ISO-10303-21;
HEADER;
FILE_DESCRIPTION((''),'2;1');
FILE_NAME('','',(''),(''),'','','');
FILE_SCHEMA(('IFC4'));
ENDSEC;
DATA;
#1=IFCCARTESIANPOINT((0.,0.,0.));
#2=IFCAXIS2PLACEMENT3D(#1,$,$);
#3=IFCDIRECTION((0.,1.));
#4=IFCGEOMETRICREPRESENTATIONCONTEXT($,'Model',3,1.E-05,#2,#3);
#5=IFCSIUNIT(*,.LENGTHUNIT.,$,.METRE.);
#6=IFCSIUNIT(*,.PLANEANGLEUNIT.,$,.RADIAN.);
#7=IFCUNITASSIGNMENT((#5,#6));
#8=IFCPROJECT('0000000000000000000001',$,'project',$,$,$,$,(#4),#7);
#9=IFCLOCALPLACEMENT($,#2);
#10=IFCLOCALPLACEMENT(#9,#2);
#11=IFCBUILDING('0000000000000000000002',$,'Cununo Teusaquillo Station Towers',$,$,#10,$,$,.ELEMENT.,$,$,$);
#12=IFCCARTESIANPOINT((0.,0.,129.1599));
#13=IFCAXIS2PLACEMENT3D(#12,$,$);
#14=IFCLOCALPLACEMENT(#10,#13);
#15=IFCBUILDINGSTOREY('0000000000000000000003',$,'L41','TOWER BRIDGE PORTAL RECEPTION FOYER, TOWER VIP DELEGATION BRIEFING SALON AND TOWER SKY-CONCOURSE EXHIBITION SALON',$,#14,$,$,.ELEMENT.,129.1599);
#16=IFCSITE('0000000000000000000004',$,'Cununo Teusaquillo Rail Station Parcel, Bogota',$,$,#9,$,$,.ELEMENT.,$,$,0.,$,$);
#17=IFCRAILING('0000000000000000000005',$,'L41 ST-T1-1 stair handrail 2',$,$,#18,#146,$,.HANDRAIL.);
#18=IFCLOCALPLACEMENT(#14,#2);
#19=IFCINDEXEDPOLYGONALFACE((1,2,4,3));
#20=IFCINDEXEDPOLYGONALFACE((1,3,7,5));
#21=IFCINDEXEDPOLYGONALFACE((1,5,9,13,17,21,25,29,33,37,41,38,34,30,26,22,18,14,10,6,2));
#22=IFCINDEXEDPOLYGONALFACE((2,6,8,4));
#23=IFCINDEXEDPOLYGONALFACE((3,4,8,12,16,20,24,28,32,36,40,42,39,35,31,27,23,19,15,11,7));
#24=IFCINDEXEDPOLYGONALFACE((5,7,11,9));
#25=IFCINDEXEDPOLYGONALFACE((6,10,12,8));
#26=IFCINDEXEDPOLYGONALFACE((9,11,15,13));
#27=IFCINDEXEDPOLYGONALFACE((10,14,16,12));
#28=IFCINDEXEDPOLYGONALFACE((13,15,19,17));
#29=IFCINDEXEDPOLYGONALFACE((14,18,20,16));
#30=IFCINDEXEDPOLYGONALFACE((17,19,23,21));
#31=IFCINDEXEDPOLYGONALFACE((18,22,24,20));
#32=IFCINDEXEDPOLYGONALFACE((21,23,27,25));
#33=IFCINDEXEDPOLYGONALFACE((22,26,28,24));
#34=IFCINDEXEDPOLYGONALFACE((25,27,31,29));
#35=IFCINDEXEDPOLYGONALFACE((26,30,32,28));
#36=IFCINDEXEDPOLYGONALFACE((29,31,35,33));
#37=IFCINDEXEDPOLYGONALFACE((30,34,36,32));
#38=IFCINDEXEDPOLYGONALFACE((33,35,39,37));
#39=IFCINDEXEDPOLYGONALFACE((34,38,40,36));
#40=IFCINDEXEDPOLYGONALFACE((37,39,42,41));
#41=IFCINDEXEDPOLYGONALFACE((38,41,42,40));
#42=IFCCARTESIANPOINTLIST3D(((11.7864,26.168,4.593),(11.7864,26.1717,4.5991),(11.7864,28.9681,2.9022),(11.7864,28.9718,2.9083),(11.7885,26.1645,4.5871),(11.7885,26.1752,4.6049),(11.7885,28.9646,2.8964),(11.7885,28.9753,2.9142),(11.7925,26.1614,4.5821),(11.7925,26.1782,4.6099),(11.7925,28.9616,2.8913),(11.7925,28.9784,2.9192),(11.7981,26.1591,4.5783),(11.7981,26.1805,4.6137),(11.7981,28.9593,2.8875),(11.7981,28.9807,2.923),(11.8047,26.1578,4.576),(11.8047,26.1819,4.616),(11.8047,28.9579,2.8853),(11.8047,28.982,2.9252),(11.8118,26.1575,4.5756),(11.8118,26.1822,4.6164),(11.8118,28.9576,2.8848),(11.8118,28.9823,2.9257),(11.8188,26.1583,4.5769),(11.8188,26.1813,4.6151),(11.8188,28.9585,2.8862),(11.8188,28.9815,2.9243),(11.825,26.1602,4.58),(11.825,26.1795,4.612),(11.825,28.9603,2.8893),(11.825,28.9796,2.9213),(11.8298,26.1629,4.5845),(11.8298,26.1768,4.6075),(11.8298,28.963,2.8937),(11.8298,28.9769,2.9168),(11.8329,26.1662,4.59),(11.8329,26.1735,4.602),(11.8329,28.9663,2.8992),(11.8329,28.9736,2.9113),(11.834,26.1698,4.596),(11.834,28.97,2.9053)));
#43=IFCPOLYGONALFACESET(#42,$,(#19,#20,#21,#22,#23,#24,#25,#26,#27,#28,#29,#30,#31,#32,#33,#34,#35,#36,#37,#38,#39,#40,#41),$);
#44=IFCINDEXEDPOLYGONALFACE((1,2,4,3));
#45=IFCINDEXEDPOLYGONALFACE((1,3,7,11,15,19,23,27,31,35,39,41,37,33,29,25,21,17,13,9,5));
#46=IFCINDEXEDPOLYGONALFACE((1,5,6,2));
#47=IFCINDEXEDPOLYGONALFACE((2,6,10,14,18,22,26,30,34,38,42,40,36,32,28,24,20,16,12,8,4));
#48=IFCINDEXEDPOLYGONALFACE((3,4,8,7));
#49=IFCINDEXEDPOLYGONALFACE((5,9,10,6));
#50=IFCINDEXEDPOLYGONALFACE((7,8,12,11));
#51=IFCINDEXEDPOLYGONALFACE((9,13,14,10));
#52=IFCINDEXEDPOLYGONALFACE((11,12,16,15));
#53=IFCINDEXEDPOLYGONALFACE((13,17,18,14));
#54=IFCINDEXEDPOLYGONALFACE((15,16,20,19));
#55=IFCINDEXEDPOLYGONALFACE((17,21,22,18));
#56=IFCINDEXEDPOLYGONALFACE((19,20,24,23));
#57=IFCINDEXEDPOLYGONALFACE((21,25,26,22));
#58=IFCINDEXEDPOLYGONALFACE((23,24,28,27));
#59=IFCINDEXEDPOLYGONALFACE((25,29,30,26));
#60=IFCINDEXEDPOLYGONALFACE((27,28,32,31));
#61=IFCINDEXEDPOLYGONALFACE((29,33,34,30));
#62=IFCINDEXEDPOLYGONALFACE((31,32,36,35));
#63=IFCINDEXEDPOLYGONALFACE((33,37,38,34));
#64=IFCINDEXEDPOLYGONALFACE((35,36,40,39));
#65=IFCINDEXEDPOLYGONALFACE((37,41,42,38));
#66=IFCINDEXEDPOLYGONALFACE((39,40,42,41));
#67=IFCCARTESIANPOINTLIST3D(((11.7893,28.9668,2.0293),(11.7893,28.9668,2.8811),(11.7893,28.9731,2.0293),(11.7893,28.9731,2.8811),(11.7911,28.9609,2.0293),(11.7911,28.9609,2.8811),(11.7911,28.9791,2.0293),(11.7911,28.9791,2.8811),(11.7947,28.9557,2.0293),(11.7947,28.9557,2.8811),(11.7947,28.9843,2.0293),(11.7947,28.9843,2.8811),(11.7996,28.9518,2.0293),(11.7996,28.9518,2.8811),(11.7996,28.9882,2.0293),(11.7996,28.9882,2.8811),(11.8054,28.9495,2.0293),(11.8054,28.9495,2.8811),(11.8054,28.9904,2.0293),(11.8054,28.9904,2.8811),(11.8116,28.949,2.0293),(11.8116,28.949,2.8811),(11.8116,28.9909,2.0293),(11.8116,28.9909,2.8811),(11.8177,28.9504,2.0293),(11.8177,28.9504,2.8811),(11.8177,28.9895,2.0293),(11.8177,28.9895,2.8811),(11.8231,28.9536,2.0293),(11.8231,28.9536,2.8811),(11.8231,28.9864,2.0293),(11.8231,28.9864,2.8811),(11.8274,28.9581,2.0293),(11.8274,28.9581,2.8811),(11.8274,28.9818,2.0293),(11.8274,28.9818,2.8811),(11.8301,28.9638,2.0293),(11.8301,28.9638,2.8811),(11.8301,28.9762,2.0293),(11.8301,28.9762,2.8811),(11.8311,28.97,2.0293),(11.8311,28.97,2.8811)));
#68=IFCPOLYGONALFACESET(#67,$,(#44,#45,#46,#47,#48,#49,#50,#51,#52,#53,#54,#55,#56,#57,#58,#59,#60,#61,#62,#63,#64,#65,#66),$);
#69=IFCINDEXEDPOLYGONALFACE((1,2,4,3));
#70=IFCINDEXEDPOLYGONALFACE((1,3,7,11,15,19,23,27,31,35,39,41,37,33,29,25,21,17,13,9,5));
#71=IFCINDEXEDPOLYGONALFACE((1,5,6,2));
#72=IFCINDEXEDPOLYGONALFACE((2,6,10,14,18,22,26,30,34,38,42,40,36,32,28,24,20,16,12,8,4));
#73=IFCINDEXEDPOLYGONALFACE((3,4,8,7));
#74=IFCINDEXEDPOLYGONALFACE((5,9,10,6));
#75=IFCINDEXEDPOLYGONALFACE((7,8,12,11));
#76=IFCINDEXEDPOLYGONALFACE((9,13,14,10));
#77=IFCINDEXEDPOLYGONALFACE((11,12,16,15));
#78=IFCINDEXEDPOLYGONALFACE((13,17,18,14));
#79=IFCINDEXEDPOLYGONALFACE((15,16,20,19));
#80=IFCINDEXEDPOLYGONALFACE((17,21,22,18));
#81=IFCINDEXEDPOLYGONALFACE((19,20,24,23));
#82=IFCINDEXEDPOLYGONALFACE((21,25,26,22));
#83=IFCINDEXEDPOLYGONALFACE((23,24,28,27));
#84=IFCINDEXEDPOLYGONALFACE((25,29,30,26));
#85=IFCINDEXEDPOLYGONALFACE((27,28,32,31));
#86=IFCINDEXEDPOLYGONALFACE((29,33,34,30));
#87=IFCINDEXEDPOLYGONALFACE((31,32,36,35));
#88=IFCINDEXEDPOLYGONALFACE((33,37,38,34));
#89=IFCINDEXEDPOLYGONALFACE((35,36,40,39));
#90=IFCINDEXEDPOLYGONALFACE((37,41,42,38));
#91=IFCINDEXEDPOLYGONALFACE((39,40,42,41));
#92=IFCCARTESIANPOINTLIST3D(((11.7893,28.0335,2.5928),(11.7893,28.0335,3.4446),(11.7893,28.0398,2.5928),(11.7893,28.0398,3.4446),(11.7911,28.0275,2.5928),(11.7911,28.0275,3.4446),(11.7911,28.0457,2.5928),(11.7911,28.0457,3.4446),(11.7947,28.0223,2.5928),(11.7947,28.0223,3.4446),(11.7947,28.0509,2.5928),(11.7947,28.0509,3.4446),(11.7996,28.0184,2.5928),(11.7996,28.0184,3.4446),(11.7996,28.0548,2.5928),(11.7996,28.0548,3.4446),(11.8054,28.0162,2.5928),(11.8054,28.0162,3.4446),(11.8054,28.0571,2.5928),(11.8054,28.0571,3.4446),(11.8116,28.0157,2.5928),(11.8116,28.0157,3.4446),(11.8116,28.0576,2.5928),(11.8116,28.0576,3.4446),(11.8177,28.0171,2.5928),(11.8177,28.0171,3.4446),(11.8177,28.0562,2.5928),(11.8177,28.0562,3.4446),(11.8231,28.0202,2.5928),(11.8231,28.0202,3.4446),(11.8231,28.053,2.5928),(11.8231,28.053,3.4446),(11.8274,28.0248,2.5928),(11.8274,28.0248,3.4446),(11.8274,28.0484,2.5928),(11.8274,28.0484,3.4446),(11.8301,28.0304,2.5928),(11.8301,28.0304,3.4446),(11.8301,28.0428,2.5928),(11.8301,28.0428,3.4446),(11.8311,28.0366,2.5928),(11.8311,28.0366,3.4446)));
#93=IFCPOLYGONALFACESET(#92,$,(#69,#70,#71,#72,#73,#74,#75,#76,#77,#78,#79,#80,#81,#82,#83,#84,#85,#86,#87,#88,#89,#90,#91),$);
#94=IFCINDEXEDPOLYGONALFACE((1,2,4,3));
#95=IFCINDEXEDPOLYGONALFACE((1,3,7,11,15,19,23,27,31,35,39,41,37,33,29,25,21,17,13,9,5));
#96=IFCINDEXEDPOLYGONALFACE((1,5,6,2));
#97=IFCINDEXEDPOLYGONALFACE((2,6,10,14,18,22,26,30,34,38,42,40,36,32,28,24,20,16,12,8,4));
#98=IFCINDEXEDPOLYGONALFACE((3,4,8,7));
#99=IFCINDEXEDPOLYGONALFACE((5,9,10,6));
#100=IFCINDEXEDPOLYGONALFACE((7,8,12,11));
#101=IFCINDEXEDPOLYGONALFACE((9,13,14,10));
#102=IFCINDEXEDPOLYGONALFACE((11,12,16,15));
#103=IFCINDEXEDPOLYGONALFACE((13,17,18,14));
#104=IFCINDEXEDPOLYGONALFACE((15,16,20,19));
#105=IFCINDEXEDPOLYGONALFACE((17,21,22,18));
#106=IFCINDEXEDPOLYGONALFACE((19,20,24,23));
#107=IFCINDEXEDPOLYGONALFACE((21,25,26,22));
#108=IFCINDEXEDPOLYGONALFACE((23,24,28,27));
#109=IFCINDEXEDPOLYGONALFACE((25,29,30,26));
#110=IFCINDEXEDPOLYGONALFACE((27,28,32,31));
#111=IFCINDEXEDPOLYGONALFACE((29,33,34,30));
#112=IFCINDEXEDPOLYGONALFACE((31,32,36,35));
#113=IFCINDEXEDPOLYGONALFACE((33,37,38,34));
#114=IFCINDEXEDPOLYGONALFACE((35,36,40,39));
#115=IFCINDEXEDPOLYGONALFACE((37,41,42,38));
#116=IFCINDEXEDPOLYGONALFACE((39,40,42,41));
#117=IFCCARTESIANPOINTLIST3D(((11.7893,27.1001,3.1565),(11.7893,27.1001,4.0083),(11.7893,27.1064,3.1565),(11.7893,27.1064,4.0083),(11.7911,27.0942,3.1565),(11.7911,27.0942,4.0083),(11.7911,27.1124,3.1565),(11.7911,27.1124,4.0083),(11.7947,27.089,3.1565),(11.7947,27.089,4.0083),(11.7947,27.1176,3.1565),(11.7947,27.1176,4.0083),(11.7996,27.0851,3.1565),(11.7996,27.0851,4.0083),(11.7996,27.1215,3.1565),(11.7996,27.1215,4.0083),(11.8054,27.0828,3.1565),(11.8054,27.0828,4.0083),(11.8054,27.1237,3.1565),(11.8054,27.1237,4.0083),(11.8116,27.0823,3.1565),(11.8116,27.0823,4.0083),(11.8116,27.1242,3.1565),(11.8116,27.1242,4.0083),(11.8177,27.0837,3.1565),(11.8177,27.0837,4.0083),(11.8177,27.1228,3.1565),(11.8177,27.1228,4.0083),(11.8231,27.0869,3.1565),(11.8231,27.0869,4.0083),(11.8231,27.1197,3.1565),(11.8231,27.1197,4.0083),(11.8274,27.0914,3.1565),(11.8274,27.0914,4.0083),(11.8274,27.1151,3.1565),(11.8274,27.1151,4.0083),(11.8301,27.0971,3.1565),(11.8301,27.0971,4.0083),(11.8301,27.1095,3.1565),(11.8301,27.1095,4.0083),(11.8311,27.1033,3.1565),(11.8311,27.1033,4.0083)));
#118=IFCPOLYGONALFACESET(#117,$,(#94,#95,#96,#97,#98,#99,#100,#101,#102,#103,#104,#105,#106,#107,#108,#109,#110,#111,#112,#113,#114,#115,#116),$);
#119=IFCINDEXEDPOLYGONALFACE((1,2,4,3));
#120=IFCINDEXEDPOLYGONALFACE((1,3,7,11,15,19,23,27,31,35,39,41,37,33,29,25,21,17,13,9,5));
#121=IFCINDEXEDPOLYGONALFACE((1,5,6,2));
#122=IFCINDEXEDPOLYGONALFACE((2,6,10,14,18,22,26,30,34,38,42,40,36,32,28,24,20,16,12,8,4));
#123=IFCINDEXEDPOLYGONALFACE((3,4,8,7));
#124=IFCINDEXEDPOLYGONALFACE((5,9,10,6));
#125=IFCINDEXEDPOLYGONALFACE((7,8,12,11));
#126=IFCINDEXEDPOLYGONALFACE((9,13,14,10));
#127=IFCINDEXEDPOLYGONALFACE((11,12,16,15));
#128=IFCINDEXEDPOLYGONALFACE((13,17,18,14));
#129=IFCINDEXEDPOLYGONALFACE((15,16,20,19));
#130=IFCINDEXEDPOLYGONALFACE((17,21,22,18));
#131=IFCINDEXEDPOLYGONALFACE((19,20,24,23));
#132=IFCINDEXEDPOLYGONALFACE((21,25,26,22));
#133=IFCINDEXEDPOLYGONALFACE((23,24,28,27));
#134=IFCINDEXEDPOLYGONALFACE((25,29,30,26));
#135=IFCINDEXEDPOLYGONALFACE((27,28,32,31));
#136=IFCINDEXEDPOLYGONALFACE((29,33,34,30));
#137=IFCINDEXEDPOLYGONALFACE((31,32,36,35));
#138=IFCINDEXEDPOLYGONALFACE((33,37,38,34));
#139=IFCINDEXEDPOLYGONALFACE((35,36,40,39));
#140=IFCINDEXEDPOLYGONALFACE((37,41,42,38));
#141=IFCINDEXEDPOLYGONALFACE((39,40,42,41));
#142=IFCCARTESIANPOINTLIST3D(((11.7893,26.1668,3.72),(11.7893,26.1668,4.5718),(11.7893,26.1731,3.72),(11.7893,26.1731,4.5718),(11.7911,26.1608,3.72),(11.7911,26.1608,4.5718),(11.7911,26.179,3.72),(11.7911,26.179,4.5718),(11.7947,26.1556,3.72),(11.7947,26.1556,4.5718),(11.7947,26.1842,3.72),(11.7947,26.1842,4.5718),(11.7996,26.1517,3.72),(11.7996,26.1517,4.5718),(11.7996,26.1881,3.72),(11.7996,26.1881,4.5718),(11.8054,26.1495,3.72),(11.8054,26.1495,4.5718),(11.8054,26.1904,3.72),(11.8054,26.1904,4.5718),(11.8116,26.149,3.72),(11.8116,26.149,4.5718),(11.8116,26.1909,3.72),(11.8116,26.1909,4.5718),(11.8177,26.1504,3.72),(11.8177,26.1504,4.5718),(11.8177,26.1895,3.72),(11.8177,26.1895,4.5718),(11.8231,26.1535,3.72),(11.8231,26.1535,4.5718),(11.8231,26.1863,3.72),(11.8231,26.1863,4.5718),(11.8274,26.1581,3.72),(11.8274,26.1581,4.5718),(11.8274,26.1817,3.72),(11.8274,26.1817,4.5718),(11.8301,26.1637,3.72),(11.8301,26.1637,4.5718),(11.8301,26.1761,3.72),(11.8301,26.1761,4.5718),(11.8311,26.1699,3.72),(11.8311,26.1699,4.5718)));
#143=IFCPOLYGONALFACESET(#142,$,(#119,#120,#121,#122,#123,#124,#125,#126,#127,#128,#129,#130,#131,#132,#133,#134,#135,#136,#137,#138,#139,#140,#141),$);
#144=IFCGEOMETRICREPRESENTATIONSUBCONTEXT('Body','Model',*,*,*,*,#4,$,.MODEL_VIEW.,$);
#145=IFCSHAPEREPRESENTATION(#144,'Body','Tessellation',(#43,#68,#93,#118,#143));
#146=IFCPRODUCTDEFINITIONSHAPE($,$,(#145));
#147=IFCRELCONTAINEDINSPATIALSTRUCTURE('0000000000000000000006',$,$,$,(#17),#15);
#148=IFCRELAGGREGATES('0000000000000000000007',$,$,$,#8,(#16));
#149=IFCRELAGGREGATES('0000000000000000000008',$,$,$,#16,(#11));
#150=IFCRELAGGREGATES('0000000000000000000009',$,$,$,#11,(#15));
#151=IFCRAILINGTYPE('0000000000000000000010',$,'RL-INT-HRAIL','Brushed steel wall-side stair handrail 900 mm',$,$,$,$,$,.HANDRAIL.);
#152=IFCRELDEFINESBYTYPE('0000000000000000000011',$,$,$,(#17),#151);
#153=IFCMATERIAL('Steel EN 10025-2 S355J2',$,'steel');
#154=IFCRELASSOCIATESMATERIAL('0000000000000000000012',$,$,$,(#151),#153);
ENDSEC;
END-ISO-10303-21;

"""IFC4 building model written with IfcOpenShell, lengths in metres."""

from ifc_helpers import new_model, si_unit, direction, frame, origin, origin_2d, place, context, subcontext, project, spatial, circle, extrude, material, type_object, element, save


model = new_model("IFC4")

# Units and contexts
model_context = context("Model", 3, precision=1e-05, world=origin(), true_north=direction((0.0, 1.0)))
body_context = subcontext(model_context, "Body", "Model", "MODEL_VIEW")
ifc_project = project(units=[si_unit("LENGTHUNIT", "METRE"), si_unit("PLANEANGLEUNIT", "RADIAN")], contexts=[model_context])

# Site, building, storey
site_placement = place(None, origin())
site = spatial("IfcSite", under=ifc_project, at=site_placement, Name="Cununo Teusaquillo Rail Station Parcel, Bogota", CompositionType="ELEMENT", RefElevation=0.0)
building_placement = place(site_placement, origin())
building = spatial("IfcBuilding", under=site, at=building_placement, Name="Cununo Teusaquillo Station Towers", CompositionType="ELEMENT")
storey_placement = place(building_placement, frame((0.0, 0.0, 129.1599)))
storey = spatial("IfcBuildingStorey", under=building, at=storey_placement, Name="L41", Description="TOWER BRIDGE PORTAL RECEPTION FOYER, TOWER VIP DELEGATION BRIEFING SALON AND TOWER SKY-CONCOURSE EXHIBITION SALON", CompositionType="ELEMENT", Elevation=129.1599)

# Railing
ifc_material_1 = material(Name="Steel EN 10025-2 S355J2", Category="steel")
railing_type_1 = type_object("IfcRailingType", Name="RL-INT-HRAIL", Description="Brushed steel wall-side stair handrail 900 mm", PredefinedType="HANDRAIL", material=ifc_material_1)
railing_1_placement = place(storey_placement, frame((11.8101, 28.97, 2.0293)))
element("IfcRailing", 1, at=railing_1_placement, inside=storey, type_object=railing_type_1, Name="L41 ST-T1-1 stair handrail 2", PredefinedType="HANDRAIL", context=body_context, shape_type="SweptSolid", body=[
    extrude(circle(Radius=0.0239, at=origin_2d()), frame((0.0, 0.0, 0.876), z_axis=(0.0, -0.856054, 0.516887), x_axis=(1.0, 0.0, 0.0)), (0.0, 0.0, 1.0), 3.271),
    extrude(circle(Radius=0.021, at=origin_2d()), origin(), (0.0, 0.0, 1.0), 0.8518),
    extrude(circle(Radius=0.021, at=origin_2d()), frame((0.0, -0.9333, 0.5635)), (0.0, 0.0, 1.0), 0.8518),
    extrude(circle(Radius=0.021, at=origin_2d()), frame((0.0, -1.8667, 1.1272)), (0.0, 0.0, 1.0), 0.8518),
    extrude(circle(Radius=0.021, at=origin_2d()), frame((0.0, -2.8, 1.6907)), (0.0, 0.0, 1.0), 0.8518),
])

save(model, "model.ifc")
